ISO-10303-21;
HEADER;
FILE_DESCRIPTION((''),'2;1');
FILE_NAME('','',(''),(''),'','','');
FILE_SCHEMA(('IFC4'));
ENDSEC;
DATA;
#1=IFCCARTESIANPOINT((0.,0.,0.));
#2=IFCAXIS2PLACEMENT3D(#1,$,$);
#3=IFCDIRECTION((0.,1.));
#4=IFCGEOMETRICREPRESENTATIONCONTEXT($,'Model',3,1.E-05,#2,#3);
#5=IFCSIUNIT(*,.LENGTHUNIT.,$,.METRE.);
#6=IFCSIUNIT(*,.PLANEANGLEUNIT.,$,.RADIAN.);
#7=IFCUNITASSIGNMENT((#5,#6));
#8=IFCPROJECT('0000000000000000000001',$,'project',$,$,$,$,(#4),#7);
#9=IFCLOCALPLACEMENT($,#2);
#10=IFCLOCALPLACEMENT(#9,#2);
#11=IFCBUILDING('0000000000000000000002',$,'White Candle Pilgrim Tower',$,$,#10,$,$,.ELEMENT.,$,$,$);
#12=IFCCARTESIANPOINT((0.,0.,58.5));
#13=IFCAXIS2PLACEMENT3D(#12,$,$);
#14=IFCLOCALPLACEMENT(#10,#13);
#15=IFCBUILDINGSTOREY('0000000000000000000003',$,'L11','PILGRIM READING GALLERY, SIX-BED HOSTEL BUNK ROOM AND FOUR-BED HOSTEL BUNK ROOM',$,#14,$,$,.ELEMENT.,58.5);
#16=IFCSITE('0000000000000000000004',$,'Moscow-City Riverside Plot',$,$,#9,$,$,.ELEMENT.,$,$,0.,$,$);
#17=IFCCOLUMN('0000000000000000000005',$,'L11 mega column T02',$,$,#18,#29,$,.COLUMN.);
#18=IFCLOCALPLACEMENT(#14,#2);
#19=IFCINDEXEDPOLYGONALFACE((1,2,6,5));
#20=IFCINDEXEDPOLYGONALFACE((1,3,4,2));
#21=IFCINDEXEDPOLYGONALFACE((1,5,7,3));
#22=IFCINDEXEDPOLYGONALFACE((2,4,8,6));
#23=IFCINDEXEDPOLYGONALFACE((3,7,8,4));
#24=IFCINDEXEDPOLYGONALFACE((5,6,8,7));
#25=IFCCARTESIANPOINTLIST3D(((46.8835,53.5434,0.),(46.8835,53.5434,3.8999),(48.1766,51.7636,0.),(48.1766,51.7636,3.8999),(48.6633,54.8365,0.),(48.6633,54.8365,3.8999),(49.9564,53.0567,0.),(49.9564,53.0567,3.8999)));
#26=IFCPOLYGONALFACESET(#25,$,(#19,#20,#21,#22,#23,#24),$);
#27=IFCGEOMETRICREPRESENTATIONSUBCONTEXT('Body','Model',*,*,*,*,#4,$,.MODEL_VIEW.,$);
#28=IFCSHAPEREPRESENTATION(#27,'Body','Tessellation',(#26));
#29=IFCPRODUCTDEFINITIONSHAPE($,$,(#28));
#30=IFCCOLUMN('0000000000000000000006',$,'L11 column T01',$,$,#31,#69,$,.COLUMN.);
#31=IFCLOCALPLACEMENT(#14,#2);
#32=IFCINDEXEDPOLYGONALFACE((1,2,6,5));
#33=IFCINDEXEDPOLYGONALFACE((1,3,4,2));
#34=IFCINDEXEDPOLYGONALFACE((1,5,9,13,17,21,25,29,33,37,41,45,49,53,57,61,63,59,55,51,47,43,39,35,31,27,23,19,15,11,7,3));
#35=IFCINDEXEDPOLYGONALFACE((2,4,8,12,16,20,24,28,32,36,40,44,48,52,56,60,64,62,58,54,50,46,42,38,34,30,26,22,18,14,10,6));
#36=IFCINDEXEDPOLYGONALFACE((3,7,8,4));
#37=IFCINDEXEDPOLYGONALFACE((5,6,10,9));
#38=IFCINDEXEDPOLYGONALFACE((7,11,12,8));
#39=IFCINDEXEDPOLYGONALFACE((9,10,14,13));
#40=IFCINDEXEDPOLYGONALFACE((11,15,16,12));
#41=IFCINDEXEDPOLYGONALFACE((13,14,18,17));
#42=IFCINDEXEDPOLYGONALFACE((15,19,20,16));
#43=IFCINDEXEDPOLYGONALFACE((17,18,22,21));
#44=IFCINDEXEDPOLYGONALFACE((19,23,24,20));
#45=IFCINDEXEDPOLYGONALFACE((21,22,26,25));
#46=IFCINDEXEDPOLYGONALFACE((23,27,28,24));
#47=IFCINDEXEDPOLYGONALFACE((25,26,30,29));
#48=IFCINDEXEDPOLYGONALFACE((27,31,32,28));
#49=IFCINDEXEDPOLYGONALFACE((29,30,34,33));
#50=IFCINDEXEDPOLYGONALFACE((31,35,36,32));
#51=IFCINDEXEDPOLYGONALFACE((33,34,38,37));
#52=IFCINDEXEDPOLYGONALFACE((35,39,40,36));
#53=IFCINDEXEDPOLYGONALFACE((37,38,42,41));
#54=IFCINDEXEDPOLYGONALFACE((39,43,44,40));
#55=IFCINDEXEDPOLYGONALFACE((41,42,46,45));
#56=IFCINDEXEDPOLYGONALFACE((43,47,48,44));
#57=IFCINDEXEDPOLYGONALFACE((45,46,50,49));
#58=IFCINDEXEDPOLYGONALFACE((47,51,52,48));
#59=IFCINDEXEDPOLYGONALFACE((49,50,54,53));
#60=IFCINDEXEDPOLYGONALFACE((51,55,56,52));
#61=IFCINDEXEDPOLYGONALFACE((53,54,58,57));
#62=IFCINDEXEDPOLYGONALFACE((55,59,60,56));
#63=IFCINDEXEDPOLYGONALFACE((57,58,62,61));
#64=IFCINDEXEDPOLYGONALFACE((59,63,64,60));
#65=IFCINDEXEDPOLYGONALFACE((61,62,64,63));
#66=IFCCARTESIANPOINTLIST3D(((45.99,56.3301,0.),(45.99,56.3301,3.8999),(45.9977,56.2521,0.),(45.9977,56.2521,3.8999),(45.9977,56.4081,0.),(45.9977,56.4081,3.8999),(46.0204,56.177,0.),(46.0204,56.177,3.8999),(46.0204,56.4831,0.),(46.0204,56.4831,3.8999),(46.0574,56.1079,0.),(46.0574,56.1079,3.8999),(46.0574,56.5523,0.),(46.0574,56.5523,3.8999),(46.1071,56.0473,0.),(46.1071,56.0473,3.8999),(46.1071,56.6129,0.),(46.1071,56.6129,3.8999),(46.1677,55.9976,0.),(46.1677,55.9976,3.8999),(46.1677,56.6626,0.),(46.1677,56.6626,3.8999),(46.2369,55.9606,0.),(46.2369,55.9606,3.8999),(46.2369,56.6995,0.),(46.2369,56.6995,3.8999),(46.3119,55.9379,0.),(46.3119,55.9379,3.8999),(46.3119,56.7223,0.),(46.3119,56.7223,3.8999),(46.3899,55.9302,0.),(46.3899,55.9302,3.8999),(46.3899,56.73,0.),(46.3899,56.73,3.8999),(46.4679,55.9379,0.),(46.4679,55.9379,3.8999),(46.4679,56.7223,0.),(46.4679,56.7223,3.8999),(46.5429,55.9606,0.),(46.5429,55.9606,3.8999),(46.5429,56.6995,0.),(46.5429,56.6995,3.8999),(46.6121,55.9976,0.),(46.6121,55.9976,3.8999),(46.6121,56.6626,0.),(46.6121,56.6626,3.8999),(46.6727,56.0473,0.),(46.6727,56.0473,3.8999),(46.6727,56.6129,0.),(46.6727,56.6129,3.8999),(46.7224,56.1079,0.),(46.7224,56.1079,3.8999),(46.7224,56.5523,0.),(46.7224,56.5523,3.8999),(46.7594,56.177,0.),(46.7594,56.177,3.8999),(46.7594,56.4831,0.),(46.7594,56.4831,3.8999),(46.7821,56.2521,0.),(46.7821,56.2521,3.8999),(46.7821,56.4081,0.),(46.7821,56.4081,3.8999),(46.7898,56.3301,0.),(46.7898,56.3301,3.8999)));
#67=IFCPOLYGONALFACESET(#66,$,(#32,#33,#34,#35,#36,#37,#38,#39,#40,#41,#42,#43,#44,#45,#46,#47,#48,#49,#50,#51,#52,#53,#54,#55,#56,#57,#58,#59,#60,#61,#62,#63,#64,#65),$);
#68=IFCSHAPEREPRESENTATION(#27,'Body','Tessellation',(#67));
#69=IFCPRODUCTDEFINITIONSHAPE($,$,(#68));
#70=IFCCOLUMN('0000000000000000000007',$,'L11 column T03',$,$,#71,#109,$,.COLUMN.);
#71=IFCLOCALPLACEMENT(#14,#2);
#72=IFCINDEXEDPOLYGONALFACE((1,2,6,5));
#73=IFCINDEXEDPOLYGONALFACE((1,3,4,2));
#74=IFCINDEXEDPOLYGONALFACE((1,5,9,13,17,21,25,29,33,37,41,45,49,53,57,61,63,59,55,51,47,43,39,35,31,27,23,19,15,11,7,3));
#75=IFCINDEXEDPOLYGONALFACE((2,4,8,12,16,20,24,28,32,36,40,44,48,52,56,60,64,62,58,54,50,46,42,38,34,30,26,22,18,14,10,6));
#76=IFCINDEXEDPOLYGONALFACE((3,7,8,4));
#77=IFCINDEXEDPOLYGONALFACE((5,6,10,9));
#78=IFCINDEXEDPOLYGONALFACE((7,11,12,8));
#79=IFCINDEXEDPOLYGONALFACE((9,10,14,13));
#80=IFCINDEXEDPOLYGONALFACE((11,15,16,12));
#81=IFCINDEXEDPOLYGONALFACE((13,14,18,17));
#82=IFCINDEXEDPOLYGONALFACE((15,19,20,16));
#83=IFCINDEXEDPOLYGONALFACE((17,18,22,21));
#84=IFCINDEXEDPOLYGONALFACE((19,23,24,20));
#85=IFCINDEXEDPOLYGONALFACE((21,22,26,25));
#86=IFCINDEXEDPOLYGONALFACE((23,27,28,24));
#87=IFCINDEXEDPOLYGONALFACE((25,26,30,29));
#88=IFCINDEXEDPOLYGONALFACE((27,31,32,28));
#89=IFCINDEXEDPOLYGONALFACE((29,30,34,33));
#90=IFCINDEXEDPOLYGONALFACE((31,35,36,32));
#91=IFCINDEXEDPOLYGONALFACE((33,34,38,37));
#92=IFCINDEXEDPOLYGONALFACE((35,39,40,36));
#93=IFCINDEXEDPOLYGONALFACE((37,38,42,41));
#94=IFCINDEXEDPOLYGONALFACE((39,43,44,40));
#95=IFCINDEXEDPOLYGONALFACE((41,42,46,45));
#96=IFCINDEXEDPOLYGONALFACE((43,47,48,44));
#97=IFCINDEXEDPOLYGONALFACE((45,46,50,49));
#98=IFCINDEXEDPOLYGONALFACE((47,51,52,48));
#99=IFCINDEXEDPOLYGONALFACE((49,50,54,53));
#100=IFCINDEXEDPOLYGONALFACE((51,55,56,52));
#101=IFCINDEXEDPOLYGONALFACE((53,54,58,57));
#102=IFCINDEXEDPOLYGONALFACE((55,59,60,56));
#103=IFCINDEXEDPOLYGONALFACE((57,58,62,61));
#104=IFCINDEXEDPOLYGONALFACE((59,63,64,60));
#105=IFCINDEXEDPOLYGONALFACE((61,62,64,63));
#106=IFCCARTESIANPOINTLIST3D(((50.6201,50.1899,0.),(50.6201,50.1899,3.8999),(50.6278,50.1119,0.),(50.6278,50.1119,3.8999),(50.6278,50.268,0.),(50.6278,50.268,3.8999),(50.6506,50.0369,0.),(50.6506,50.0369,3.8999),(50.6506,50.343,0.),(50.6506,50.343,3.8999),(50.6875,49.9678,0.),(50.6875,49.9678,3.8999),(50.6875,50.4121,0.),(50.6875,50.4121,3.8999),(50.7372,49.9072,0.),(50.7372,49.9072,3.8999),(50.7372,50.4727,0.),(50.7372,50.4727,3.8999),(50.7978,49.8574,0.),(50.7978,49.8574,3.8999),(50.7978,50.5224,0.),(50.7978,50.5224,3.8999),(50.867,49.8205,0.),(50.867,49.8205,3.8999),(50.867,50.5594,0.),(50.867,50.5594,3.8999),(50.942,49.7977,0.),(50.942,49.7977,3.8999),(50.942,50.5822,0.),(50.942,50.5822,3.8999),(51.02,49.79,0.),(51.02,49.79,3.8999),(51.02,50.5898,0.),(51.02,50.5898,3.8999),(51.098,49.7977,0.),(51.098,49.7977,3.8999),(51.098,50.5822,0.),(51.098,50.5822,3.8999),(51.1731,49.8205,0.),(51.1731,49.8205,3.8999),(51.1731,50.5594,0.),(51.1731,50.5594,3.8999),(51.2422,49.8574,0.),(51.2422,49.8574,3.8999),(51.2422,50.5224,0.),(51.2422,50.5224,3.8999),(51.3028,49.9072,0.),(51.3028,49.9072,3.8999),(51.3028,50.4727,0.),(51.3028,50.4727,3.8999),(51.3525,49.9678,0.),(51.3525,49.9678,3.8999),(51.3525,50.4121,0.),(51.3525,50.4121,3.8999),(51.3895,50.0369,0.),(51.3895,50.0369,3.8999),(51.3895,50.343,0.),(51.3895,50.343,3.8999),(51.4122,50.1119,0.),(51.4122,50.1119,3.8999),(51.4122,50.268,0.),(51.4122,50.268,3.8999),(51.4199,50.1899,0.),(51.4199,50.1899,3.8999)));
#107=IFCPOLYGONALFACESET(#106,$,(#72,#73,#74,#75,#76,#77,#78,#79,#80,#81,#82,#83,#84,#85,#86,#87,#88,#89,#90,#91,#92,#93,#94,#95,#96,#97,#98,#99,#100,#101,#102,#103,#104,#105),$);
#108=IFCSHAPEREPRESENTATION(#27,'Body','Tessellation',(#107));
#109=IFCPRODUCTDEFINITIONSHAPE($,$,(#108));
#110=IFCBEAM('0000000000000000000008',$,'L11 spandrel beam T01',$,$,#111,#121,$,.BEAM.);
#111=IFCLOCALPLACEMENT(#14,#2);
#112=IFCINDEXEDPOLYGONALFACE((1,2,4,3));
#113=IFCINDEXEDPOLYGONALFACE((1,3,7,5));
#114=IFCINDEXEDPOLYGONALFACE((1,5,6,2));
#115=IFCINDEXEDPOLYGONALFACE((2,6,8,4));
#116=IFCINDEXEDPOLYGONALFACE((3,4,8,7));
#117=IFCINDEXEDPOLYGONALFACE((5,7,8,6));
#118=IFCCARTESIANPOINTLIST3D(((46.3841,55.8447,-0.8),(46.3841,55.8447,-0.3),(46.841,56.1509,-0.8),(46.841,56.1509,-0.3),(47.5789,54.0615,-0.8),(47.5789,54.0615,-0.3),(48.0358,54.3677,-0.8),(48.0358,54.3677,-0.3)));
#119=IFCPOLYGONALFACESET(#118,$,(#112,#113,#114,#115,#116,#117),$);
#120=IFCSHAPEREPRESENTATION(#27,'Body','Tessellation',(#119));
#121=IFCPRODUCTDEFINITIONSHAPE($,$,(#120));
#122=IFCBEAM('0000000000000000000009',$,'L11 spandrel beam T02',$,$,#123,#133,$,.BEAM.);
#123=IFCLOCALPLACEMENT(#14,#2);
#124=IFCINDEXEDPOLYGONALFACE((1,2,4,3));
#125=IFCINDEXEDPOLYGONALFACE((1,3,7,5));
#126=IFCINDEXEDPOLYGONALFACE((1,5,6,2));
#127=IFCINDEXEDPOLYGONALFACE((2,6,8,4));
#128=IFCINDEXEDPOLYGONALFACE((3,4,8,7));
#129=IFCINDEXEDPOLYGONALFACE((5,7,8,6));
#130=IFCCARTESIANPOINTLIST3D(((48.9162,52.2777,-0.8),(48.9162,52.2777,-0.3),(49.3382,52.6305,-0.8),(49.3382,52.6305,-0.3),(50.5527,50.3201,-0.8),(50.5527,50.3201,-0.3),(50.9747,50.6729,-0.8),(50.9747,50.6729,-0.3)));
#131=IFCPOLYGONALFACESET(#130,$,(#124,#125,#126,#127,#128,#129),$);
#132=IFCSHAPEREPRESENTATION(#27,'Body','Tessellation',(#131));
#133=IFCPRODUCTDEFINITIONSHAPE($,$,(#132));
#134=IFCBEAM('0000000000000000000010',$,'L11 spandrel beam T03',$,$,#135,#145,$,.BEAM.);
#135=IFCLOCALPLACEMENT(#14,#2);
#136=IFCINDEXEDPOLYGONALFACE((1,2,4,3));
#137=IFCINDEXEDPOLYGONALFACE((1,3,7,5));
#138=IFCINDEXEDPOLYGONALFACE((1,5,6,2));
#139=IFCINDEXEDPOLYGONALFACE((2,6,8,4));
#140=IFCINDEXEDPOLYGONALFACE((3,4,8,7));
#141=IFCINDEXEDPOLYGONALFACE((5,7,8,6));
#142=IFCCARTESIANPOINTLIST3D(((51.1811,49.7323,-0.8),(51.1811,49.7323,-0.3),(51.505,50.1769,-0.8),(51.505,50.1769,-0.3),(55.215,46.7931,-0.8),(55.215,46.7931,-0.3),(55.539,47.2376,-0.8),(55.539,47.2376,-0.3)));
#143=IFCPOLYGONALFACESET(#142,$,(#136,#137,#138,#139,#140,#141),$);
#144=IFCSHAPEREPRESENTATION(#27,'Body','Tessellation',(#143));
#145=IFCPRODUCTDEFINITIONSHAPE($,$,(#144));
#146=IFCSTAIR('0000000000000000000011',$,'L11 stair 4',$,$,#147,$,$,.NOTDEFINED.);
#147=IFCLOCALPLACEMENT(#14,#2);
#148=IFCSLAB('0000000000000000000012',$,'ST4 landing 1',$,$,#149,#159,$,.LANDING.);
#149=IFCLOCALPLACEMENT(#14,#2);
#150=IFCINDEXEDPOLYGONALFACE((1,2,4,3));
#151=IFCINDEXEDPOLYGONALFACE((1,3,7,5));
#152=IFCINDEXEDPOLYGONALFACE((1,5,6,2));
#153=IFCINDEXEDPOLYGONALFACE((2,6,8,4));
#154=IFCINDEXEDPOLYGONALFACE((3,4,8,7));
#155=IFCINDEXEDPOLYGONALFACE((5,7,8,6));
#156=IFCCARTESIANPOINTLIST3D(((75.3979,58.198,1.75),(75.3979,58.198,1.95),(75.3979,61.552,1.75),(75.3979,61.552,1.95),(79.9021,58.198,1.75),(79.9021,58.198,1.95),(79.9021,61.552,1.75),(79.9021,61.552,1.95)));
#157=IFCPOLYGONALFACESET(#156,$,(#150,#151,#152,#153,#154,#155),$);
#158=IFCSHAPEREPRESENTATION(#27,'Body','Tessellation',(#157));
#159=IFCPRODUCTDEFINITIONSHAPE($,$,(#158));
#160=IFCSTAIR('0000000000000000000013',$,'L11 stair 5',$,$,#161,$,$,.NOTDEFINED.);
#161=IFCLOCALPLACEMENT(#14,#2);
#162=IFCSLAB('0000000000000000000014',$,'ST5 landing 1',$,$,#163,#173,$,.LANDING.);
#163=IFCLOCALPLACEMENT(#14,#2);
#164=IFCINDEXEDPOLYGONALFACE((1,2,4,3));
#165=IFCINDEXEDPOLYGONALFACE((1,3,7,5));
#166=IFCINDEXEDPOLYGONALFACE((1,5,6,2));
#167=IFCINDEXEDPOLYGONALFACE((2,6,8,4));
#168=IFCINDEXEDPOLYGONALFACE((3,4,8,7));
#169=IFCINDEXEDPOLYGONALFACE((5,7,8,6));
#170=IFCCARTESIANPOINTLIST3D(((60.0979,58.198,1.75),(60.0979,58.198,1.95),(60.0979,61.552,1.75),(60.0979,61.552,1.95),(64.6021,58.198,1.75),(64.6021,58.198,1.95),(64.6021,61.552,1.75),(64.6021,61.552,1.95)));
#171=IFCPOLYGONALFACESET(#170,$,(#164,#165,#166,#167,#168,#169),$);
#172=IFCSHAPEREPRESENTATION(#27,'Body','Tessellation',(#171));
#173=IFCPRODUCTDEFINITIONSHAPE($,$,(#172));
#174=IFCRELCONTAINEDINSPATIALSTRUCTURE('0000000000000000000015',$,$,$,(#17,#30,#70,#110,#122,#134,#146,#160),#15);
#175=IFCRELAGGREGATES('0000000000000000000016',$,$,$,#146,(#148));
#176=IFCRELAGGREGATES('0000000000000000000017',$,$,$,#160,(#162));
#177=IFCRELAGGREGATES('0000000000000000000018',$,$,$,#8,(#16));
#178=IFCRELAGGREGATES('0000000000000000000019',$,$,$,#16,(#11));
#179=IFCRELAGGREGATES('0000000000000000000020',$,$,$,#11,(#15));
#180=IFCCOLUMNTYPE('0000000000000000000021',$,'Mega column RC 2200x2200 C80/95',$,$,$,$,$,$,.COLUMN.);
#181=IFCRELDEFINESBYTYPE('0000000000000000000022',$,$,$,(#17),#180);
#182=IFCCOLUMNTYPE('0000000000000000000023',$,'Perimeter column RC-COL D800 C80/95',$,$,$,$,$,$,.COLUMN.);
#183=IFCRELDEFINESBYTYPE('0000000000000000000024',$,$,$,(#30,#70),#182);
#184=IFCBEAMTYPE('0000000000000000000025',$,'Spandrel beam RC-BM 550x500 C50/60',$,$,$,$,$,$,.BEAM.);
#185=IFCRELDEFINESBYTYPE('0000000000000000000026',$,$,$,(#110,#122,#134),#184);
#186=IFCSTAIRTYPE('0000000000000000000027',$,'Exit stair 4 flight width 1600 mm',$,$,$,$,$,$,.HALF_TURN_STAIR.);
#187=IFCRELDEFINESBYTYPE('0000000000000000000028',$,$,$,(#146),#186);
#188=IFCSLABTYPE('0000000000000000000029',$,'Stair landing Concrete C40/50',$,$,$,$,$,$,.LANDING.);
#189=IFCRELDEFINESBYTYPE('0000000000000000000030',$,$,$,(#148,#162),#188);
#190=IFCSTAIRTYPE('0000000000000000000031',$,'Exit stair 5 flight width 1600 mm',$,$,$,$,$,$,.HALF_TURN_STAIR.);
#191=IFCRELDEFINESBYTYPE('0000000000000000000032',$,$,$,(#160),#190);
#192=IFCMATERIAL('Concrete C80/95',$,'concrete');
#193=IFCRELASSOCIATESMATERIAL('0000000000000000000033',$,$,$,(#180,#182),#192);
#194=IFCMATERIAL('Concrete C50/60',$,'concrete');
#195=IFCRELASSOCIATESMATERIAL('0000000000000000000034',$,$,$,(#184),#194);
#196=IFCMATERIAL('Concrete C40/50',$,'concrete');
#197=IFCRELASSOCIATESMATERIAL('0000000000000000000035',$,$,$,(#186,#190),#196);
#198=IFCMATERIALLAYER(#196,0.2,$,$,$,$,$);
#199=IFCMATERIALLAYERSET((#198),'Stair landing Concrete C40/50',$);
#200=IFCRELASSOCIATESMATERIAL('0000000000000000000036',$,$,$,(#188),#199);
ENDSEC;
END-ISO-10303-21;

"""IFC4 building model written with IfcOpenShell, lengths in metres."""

from ifc_helpers import new_model, si_unit, direction, frame, origin, origin_2d, place, context, subcontext, project, spatial, polyline, rectangle, circle, outline, extrude, material, layer, layer_set, material_profile, profile_set, type_object, element, aggregate, save


model = new_model("IFC4")

# Units and contexts
model_context = context("Model", 3, precision=1e-05, world=origin(), true_north=direction((0.0, 1.0)))
body_context = subcontext(model_context, "Body", "Model", "MODEL_VIEW")
ifc_project = project(units=[si_unit("LENGTHUNIT", "METRE"), si_unit("PLANEANGLEUNIT", "RADIAN")], contexts=[model_context])

# Site, building, storey
site_placement = place(None, origin())
site = spatial("IfcSite", under=ifc_project, at=site_placement, Name="Moscow-City Riverside Plot", CompositionType="ELEMENT", RefElevation=0.0)
building_placement = place(site_placement, origin())
building = spatial("IfcBuilding", under=site, at=building_placement, Name="White Candle Pilgrim Tower", CompositionType="ELEMENT")
storey_placement = place(building_placement, frame((0.0, 0.0, 58.5)))
storey = spatial("IfcBuildingStorey", under=building, at=storey_placement, Name="L11", Description="PILGRIM READING GALLERY, SIX-BED HOSTEL BUNK ROOM AND FOUR-BED HOSTEL BUNK ROOM", CompositionType="ELEMENT", Elevation=58.5)

# Columns
ifc_material_1 = material(Name="Concrete C80/95", Category="concrete")
ifc_material_profile_1 = material_profile(ifc_material_1, rectangle(XDim=2.2, YDim=2.2, at=origin_2d()), Name="RC 2200x2200")
ifc_profile_set_1 = profile_set([ifc_material_profile_1], Name="Concrete C80/95")
column_type_1 = type_object("IfcColumnType", Name="Mega column RC 2200x2200 C80/95", PredefinedType="COLUMN", material=ifc_profile_set_1)
column_placement = place(storey_placement, frame((48.4199, 53.3, 0.0), z_axis=(0.0, 0.0, 1.0), x_axis=(-0.809017, -0.587785, 0.0)))
element("IfcColumn", 1, at=column_placement, inside=storey, type_object=column_type_1, Name="L11 mega column T02", PredefinedType="COLUMN", context=body_context, shape_type="SweptSolid", body=[
    extrude(rectangle(XDim=2.2, YDim=2.2, at=origin_2d()), origin(), (0.0, 0.0, 1.0), 3.8999),
])
ifc_material_profile_2 = material_profile(ifc_material_1, circle(Radius=0.3999, at=origin_2d()), Name="RC-COL D800")
ifc_profile_set_2 = profile_set([ifc_material_profile_2], Name="Concrete C80/95")
column_type_2 = type_object("IfcColumnType", Name="Perimeter column RC-COL D800 C80/95", PredefinedType="COLUMN", material=ifc_profile_set_2)
for number, where, z_axis, x_axis, name in (
    (2, (46.3899, 56.3301, 0.0), (0.0, 0.0, 1.0), (1.0, 0.0, 0.0), "L11 column T01"),
    (3, (51.02, 50.1899, 0.0), (0.0, 0.0, 1.0), (1.0, 0.0, 0.0), "L11 column T03"),
):
    element("IfcColumn", number, at=place(storey_placement, frame(where, z_axis=z_axis, x_axis=x_axis)), inside=storey, type_object=column_type_2, Name=name, PredefinedType="COLUMN", context=body_context, shape_type="SweptSolid", body=[
        extrude(circle(Radius=0.3999, at=origin_2d()), origin(), (0.0, 0.0, 1.0), 3.8999),
    ])

# Beams
ifc_material_2 = material(Name="Concrete C50/60", Category="concrete")
ifc_material_profile_3 = material_profile(ifc_material_2, rectangle(XDim=0.55, YDim=0.5, at=origin_2d()), Name="RC-BM 550x500")
ifc_profile_set_3 = profile_set([ifc_material_profile_3], Name="Concrete C50/60")
beam_type = type_object("IfcBeamType", Name="Spandrel beam RC-BM 550x500 C50/60", PredefinedType="BEAM", material=ifc_profile_set_3)
beam_1_placement = place(storey_placement, frame((46.6125, 55.9978, -0.55), z_axis=(0.556641, -0.830753, 0.0), x_axis=(0.830753, 0.556641, 0.0)))
element("IfcBeam", 4, at=beam_1_placement, inside=storey, type_object=beam_type, Name="L11 spandrel beam T01", PredefinedType="BEAM", context=body_context, shape_type="SweptSolid", body=[
    extrude(rectangle(XDim=0.55, YDim=0.5, at=origin_2d()), origin(), (0.0, 0.0, 1.0), 2.1465),
])
beam_2_placement = place(storey_placement, frame((49.1272, 52.4541, -0.55), z_axis=(0.641388, -0.767216, 0.0), x_axis=(0.767216, 0.641388, 0.0)))
element("IfcBeam", 5, at=beam_2_placement, inside=storey, type_object=beam_type, Name="L11 spandrel beam T02", PredefinedType="BEAM", context=body_context, shape_type="SweptSolid", body=[
    extrude(rectangle(XDim=0.55, YDim=0.5, at=origin_2d()), origin(), (0.0, 0.0, 1.0), 2.5515),
])
beam_3_placement = place(storey_placement, frame((51.343, 49.9546, -0.55), z_axis=(0.808218, -0.588884, 0.0), x_axis=(0.588884, 0.808218, 0.0)))
element("IfcBeam", 6, at=beam_3_placement, inside=storey, type_object=beam_type, Name="L11 spandrel beam T03", PredefinedType="BEAM", context=body_context, shape_type="SweptSolid", body=[
    extrude(rectangle(XDim=0.55, YDim=0.5, at=origin_2d()), origin(), (0.0, 0.0, 1.0), 4.9912),
])

# Stairs, slabs
ifc_material_3 = material(Name="Concrete C40/50", Category="concrete")
stair_type_1 = type_object("IfcStairType", Name="Exit stair 4 flight width 1600 mm", PredefinedType="HALF_TURN_STAIR", material=ifc_material_3)
stair_1_placement = place(storey_placement, origin())
stair_1 = element("IfcStair", 7, at=stair_1_placement, inside=storey, type_object=stair_type_1, Name="L11 stair 4", PredefinedType="NOTDEFINED")
ifc_layer_1 = layer(ifc_material_3, 0.2)
ifc_layer_set_1 = layer_set([ifc_layer_1], Name="Stair landing Concrete C40/50")
slab_type = type_object("IfcSlabType", Name="Stair landing Concrete C40/50", PredefinedType="LANDING", material=ifc_layer_set_1)
slab_1_placement = place(storey_placement, frame((0.0, 0.0, 1.75)))
slab_1 = element("IfcSlab", 8, at=slab_1_placement, type_object=slab_type, Name="ST4 landing 1", PredefinedType="LANDING", context=body_context, shape_type="SweptSolid", body=[
    extrude(outline(polyline([(79.9021, 61.552), (79.9021, 58.198), (75.3979, 58.198), (75.3979, 61.552), (79.9021, 61.552)])), origin(), (0.0, 0.0, 1.0), 0.2),
])
aggregate(stair_1, [slab_1])
stair_type_2 = type_object("IfcStairType", Name="Exit stair 5 flight width 1600 mm", PredefinedType="HALF_TURN_STAIR", material=ifc_material_3)
stair_2_placement = place(storey_placement, origin())
stair_2 = element("IfcStair", 9, at=stair_2_placement, inside=storey, type_object=stair_type_2, Name="L11 stair 5", PredefinedType="NOTDEFINED")
slab_2_placement = place(storey_placement, frame((0.0, 0.0, 1.75)))
slab_2 = element("IfcSlab", 10, at=slab_2_placement, type_object=slab_type, Name="ST5 landing 1", PredefinedType="LANDING", context=body_context, shape_type="SweptSolid", body=[
    extrude(outline(polyline([(60.0979, 58.198), (60.0979, 61.552), (64.6021, 61.552), (64.6021, 58.198), (60.0979, 58.198)])), origin(), (0.0, 0.0, 1.0), 0.2),
])
aggregate(stair_2, [slab_2])

save(model, "model.ifc")
